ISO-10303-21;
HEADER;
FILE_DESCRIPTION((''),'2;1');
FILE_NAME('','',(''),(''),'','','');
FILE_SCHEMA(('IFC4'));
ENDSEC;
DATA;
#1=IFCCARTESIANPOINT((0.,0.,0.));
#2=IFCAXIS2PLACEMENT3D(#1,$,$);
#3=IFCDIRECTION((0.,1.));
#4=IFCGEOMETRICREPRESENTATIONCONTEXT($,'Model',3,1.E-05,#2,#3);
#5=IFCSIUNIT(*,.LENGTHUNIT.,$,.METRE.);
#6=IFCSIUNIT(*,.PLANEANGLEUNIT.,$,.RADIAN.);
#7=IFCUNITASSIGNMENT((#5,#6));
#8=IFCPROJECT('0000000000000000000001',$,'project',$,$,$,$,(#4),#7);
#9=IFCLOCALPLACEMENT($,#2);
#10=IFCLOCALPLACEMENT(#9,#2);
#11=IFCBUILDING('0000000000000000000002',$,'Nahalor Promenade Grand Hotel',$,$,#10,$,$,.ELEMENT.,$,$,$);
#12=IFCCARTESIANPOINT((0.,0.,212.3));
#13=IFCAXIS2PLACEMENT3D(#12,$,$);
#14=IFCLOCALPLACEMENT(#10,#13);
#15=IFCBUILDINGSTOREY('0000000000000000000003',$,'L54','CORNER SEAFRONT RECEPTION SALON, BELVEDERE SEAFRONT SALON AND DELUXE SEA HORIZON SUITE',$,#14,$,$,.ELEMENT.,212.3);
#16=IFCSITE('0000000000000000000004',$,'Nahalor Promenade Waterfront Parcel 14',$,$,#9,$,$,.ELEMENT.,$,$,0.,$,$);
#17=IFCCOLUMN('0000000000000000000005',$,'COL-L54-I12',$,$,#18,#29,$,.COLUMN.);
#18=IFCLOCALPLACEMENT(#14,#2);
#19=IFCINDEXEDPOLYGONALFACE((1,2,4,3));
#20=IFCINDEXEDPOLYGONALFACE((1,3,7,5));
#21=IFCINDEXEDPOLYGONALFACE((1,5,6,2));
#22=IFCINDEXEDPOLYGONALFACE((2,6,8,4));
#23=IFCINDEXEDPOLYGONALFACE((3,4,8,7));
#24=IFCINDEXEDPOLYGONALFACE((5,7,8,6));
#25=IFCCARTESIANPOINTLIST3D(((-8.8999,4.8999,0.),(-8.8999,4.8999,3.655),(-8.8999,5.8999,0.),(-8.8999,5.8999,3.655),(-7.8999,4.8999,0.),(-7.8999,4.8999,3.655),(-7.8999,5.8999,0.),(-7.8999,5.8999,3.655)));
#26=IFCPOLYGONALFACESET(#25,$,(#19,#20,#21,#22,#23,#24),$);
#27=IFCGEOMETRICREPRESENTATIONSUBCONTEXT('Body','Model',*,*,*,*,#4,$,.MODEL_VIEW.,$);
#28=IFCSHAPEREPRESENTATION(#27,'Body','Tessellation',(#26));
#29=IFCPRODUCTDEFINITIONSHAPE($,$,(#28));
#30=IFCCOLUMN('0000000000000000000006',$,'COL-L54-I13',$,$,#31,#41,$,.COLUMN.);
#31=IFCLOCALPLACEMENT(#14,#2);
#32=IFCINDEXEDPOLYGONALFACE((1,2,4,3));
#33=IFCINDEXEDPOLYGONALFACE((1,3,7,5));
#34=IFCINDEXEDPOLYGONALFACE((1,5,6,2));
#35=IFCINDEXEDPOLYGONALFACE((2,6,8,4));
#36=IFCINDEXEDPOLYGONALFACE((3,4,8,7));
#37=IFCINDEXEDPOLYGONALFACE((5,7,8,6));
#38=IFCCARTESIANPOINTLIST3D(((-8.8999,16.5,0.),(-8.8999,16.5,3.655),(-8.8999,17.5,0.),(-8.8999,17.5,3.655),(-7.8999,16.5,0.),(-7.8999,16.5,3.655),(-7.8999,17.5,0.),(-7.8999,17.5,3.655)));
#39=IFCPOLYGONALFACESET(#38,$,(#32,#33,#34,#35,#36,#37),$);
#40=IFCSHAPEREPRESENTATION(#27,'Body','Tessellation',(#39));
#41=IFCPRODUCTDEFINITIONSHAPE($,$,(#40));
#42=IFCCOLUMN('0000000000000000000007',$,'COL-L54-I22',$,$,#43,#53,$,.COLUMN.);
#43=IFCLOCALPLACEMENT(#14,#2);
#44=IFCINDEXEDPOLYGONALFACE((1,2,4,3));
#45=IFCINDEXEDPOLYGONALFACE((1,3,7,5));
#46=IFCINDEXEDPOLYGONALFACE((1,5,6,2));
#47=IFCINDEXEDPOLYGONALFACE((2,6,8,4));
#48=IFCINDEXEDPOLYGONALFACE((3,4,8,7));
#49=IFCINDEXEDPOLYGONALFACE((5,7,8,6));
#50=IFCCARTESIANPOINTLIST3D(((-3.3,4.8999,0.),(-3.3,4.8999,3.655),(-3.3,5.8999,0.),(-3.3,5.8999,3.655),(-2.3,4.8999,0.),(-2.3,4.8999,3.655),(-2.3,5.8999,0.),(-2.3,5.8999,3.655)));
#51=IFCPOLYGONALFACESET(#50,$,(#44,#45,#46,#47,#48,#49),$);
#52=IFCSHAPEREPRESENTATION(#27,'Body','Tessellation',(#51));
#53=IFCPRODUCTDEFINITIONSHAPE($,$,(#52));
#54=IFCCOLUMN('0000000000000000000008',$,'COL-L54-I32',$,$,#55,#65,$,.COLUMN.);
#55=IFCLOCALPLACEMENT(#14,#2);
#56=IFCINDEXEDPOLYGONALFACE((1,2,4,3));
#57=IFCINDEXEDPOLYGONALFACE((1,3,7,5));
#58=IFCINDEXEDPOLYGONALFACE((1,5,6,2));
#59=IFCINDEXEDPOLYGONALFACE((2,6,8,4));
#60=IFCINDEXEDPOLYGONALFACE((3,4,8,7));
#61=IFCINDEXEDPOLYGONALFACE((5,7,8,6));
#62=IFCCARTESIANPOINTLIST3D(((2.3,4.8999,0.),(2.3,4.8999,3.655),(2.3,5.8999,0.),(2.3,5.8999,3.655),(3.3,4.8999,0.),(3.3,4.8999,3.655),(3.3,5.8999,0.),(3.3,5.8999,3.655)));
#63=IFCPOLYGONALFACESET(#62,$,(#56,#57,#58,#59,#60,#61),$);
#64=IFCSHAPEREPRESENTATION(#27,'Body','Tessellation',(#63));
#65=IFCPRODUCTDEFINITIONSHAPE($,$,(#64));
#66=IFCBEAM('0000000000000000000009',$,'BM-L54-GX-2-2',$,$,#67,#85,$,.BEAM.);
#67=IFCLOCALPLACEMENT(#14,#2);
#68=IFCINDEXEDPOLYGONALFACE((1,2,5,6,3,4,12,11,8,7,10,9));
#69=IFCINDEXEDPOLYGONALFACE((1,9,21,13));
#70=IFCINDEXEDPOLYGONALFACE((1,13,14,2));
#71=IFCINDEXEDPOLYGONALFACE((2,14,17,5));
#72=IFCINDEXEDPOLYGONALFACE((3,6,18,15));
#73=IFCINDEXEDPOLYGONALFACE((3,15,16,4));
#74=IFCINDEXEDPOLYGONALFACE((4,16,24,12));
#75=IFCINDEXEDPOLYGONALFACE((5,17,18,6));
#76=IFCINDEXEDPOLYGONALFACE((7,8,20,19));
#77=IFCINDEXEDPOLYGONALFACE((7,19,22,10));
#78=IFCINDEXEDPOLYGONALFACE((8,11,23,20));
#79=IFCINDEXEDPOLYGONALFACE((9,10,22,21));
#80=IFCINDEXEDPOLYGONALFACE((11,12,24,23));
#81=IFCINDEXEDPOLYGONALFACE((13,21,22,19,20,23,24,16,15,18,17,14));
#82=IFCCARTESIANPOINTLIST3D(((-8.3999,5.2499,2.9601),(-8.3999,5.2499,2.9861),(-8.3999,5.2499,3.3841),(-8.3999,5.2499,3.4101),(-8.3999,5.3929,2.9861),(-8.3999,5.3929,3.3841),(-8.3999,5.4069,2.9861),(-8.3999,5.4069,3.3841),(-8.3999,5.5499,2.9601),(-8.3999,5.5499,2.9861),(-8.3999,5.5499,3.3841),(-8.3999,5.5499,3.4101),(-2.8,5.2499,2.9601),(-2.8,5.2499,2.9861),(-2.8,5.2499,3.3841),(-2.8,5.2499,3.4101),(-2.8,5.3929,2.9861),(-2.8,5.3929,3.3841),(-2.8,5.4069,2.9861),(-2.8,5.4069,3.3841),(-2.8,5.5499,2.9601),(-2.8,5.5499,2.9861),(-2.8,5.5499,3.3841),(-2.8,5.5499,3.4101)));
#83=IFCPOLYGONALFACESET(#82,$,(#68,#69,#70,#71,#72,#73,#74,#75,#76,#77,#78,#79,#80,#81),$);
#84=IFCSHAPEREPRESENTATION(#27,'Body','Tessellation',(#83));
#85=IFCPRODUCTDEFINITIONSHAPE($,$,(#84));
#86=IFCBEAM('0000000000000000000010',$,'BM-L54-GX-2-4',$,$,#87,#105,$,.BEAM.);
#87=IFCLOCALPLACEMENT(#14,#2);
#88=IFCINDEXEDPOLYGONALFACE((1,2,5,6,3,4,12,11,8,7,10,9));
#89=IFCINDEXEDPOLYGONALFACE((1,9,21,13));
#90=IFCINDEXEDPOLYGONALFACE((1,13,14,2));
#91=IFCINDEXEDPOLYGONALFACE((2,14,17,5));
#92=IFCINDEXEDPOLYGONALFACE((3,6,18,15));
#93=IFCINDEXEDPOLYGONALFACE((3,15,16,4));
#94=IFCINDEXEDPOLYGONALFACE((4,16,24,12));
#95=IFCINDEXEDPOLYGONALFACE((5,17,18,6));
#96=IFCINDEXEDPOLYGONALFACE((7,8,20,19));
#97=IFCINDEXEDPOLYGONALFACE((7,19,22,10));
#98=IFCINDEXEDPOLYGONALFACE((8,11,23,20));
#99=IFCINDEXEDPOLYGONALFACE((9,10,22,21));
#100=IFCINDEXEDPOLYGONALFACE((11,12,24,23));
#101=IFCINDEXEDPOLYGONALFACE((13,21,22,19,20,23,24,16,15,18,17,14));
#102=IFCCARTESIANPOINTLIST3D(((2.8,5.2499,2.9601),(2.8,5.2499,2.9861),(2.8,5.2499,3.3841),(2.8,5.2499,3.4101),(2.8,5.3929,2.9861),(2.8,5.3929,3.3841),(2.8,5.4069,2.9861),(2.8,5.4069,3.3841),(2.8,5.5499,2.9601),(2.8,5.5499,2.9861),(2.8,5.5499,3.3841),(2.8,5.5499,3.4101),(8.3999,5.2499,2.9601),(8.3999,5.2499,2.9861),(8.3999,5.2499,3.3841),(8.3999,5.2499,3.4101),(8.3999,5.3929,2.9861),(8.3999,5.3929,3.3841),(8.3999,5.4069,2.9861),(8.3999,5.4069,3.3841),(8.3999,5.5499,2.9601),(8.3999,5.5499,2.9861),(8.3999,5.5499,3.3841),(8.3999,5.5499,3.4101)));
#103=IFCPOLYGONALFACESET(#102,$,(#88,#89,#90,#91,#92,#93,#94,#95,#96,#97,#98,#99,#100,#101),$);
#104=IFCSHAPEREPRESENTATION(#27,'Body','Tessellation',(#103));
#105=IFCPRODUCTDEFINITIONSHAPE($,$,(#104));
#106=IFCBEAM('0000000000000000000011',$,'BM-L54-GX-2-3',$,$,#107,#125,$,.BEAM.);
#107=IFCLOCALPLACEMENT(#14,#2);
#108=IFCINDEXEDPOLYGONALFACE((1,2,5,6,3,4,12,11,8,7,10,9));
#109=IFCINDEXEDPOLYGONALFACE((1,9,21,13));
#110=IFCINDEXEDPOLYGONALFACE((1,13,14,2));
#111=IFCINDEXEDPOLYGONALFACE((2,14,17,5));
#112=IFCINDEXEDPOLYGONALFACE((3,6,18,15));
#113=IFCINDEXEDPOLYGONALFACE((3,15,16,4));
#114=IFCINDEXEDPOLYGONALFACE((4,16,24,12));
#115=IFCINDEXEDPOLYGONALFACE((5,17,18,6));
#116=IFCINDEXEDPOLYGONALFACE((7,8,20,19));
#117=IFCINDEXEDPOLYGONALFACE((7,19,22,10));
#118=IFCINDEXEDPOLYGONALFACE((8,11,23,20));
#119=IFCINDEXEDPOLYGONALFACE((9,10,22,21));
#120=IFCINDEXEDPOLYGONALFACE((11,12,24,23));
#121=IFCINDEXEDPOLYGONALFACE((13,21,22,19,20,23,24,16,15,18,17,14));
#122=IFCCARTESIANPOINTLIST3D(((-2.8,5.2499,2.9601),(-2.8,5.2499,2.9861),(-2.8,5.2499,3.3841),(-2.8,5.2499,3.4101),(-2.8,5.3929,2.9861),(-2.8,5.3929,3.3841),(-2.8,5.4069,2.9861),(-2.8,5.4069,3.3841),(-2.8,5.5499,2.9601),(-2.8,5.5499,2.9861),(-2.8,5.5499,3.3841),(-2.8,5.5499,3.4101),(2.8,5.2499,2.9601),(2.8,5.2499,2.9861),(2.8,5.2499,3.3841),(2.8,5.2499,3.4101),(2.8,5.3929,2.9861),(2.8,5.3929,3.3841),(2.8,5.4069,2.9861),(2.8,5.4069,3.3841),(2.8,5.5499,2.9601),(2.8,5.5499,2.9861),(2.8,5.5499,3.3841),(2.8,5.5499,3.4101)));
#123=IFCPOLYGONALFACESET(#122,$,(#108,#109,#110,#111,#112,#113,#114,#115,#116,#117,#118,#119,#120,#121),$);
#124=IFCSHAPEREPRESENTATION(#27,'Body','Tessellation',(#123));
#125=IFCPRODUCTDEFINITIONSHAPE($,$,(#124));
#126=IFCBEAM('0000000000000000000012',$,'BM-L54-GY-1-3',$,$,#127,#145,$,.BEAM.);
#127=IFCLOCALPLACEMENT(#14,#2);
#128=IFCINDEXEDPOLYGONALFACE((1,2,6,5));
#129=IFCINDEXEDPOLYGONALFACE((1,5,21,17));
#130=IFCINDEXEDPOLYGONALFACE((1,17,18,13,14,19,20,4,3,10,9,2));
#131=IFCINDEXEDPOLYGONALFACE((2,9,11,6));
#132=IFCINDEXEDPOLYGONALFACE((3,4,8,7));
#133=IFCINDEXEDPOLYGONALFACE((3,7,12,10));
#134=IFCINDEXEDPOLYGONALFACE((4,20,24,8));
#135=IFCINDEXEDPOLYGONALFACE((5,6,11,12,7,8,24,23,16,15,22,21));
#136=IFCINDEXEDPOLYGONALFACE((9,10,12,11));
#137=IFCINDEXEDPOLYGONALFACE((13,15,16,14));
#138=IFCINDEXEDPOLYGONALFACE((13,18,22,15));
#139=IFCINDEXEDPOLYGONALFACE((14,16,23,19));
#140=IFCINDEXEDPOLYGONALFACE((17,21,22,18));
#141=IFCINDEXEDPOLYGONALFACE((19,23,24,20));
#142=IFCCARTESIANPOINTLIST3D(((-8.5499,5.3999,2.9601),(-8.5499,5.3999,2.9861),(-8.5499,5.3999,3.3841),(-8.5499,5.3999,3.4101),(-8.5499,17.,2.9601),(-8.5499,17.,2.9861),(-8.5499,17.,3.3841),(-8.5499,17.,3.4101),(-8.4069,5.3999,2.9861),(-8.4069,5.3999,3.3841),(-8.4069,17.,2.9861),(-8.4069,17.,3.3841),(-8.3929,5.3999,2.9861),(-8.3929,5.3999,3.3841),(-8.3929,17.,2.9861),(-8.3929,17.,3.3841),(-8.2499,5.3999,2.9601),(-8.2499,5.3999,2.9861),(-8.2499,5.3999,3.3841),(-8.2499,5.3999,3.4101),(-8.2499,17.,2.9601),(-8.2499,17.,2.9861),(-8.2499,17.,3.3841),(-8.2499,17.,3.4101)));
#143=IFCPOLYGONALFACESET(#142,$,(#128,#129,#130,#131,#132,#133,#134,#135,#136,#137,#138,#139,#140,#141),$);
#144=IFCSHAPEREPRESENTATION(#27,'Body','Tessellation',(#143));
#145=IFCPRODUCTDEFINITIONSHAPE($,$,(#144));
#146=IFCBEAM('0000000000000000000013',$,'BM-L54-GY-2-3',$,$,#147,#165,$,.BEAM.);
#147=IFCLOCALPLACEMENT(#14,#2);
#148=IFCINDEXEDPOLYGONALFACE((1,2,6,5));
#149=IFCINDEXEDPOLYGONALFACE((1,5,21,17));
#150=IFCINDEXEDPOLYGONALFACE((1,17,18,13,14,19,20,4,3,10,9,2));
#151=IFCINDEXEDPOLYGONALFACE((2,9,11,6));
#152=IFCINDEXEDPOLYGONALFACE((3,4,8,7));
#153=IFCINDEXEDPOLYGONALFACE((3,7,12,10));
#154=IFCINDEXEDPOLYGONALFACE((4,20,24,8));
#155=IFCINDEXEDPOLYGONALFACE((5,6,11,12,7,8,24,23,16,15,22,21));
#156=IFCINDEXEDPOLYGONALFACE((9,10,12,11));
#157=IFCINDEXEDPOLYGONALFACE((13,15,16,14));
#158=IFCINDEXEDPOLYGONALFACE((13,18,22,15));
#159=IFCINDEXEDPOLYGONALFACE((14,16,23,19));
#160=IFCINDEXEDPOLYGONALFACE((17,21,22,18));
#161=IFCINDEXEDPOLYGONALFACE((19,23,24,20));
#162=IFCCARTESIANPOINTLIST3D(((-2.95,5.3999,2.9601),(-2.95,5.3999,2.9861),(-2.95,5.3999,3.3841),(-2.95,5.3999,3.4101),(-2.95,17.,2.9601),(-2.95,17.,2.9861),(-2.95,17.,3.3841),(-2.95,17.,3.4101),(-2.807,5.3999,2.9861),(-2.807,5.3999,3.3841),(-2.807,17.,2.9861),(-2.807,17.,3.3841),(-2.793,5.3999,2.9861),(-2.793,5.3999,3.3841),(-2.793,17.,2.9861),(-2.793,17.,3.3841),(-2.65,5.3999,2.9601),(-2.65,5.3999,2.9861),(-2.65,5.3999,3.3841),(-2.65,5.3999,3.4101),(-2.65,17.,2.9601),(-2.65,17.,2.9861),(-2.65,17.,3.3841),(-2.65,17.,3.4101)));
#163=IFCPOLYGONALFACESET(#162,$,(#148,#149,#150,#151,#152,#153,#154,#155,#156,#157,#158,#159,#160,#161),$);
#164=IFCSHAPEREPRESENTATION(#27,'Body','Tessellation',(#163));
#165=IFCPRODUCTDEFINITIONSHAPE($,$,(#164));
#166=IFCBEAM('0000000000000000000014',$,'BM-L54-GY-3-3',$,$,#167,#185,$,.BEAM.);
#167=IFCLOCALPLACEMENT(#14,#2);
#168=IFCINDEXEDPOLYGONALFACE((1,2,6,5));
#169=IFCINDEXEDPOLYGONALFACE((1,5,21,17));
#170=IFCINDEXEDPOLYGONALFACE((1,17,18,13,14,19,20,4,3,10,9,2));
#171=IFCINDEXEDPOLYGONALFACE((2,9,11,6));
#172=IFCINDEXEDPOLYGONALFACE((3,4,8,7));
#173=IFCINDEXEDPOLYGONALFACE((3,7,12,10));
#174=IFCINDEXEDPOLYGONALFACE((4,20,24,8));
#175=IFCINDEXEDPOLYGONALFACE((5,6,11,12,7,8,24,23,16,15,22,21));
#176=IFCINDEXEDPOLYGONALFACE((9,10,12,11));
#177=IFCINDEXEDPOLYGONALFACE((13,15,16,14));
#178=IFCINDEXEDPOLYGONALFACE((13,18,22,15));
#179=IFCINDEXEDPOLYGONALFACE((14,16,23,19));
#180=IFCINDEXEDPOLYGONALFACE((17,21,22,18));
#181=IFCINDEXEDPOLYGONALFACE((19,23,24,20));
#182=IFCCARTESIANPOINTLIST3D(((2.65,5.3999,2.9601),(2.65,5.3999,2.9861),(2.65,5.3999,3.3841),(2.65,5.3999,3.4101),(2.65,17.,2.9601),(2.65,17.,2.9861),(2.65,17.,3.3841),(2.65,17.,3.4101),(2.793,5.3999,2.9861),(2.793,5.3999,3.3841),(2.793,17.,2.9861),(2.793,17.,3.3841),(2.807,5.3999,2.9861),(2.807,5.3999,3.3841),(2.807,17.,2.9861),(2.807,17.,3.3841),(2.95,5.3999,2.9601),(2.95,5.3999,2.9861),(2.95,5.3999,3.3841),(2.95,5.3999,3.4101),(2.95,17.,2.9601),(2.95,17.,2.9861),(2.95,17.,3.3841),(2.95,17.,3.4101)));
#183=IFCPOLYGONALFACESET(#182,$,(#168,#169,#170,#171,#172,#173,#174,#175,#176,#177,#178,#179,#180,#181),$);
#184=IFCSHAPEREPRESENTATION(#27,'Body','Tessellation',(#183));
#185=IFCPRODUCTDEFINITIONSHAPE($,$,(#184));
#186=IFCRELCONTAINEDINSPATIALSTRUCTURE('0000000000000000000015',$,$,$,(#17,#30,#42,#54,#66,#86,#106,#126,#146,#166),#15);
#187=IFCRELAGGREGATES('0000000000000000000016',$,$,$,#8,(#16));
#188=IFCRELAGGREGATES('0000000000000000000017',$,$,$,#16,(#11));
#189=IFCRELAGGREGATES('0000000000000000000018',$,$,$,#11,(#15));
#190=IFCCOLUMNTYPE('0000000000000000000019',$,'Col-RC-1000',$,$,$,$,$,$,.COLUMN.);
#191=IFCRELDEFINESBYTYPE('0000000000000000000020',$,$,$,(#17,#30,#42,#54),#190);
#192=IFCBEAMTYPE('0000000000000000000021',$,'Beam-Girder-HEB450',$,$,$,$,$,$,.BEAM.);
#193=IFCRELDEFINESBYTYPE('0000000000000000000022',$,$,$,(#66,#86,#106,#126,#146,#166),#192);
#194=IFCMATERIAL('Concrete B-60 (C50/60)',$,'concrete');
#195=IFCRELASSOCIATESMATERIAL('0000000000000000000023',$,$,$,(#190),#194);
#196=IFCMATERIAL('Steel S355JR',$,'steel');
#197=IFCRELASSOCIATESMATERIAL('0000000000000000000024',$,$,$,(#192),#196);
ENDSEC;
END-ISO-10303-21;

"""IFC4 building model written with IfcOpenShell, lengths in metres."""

from ifc_helpers import new_model, si_unit, direction, frame, origin, origin_2d, place, context, subcontext, project, spatial, rectangle, i_section, extrude, source, transform, mapped, material, material_profile, profile_set, type_object, element, save


model = new_model("IFC4")

# Units and contexts
model_context = context("Model", 3, precision=1e-05, world=origin(), true_north=direction((0.0, 1.0)))
body_context = subcontext(model_context, "Body", "Model", "MODEL_VIEW")
ifc_project = project(units=[si_unit("LENGTHUNIT", "METRE"), si_unit("PLANEANGLEUNIT", "RADIAN")], contexts=[model_context])

# Site, building, storey
site_placement = place(None, origin())
site = spatial("IfcSite", under=ifc_project, at=site_placement, Name="Nahalor Promenade Waterfront Parcel 14", CompositionType="ELEMENT", RefElevation=0.0)
building_placement = place(site_placement, origin())
building = spatial("IfcBuilding", under=site, at=building_placement, Name="Nahalor Promenade Grand Hotel", CompositionType="ELEMENT")
storey_placement = place(building_placement, frame((0.0, 0.0, 212.3)))
storey = spatial("IfcBuildingStorey", under=building, at=storey_placement, Name="L54", Description="CORNER SEAFRONT RECEPTION SALON, BELVEDERE SEAFRONT SALON AND DELUXE SEA HORIZON SUITE", CompositionType="ELEMENT", Elevation=212.3)

# Columns
ifc_material_1 = material(Name="Concrete B-60 (C50/60)", Category="concrete")
ifc_material_profile_1 = material_profile(ifc_material_1, rectangle(XDim=1.0, YDim=1.0, at=origin_2d()), Name="RC 1000x1000")
ifc_profile_set_1 = profile_set([ifc_material_profile_1], Name="Concrete B-60 (C50/60)")
column_type = type_object("IfcColumnType", Name="Col-RC-1000", PredefinedType="COLUMN", material=ifc_profile_set_1)
shared_shape_1 = source(origin(), body_context, "Body", "SweptSolid", [
    extrude(rectangle(XDim=1.0, YDim=1.0, at=origin_2d()), origin(), (0.0, 0.0, 1.0), 3.655),
])
for number, where, z_axis, x_axis, name in (
    (1, (-8.3999, 5.3999, 0.0), (0.0, 0.0, 1.0), (1.0, 0.0, 0.0), "COL-L54-I12"),
    (2, (-8.3999, 17.0, 0.0), (0.0, 0.0, 1.0), (1.0, 0.0, 0.0), "COL-L54-I13"),
    (3, (-2.8, 5.3999, 0.0), (0.0, 0.0, 1.0), (1.0, 0.0, 0.0), "COL-L54-I22"),
    (4, (2.8, 5.3999, 0.0), (0.0, 0.0, 1.0), (1.0, 0.0, 0.0), "COL-L54-I32"),
):
    element("IfcColumn", number, at=place(storey_placement, frame(where, z_axis=z_axis, x_axis=x_axis)), inside=storey, type_object=column_type, Name=name, PredefinedType="COLUMN", context=body_context, shape_type="MappedRepresentation", body=[
        mapped(shared_shape_1, transform((0.0, 0.0, 0.0), scale=1.0)),
    ])

# Beams
ifc_material_2 = material(Name="Steel S355JR", Category="steel")
ifc_material_profile_2 = material_profile(ifc_material_2, i_section(OverallWidth=0.3, OverallDepth=0.45, WebThickness=0.014, FlangeThickness=0.026, at=origin_2d()), Name="HEB 450")
ifc_profile_set_2 = profile_set([ifc_material_profile_2], Name="Steel S355JR")
beam_type_1 = type_object("IfcBeamType", Name="Beam-Girder-HEB450", PredefinedType="BEAM", material=ifc_profile_set_2)
shared_shape_2 = source(origin(), body_context, "Body", "SweptSolid", [
    extrude(i_section(OverallWidth=0.3, OverallDepth=0.45, WebThickness=0.014, FlangeThickness=0.026, at=origin_2d()), origin(), (0.0, 0.0, 1.0), 5.5999),
])
for number, where, z_axis, x_axis, name in (
    (5, (-8.3999, 5.3999, 3.1851), (1.0, 0.0, 0.0), (0.0, 1.0, 0.0), "BM-L54-GX-2-2"),
    (6, (2.8, 5.3999, 3.1851), (1.0, 0.0, 0.0), (0.0, 1.0, 0.0), "BM-L54-GX-2-4"),
):
    element("IfcBeam", number, at=place(storey_placement, frame(where, z_axis=z_axis, x_axis=x_axis)), inside=storey, type_object=beam_type_1, Name=name, PredefinedType="BEAM", context=body_context, shape_type="MappedRepresentation", body=[
        mapped(shared_shape_2, transform((0.0, 0.0, 0.0), scale=1.0)),
    ])
shared_shape_3 = source(origin(), body_context, "Body", "SweptSolid", [
    extrude(i_section(OverallWidth=0.3, OverallDepth=0.45, WebThickness=0.014, FlangeThickness=0.026, at=origin_2d()), origin(), (0.0, 0.0, 1.0), 5.6001),
])
beam_placement = place(storey_placement, frame((-2.8, 5.3999, 3.1851), z_axis=(1.0, 0.0, 0.0), x_axis=(0.0, 1.0, 0.0)))
element("IfcBeam", 7, at=beam_placement, inside=storey, type_object=beam_type_1, Name="BM-L54-GX-2-3", PredefinedType="BEAM", context=body_context, shape_type="MappedRepresentation", body=[
    mapped(shared_shape_3, transform((0.0, 0.0, 0.0), scale=1.0)),
])
shared_shape_4 = source(origin(), body_context, "Body", "SweptSolid", [
    extrude(i_section(OverallWidth=0.3, OverallDepth=0.45, WebThickness=0.014, FlangeThickness=0.026, at=origin_2d()), origin(), (0.0, 0.0, 1.0), 11.6001),
])
for number, where, z_axis, x_axis, name in (
    (8, (-8.3999, 5.3999, 3.1851), (0.0, 1.0, 0.0), (-1.0, 0.0, 0.0), "BM-L54-GY-1-3"),
    (9, (-2.8, 5.3999, 3.1851), (0.0, 1.0, 0.0), (-1.0, 0.0, 0.0), "BM-L54-GY-2-3"),
    (10, (2.8, 5.3999, 3.1851), (0.0, 1.0, 0.0), (-1.0, 0.0, 0.0), "BM-L54-GY-3-3"),
):
    element("IfcBeam", number, at=place(storey_placement, frame(where, z_axis=z_axis, x_axis=x_axis)), inside=storey, type_object=beam_type_1, Name=name, PredefinedType="BEAM", context=body_context, shape_type="MappedRepresentation", body=[
        mapped(shared_shape_4, transform((0.0, 0.0, 0.0), scale=1.0)),
    ])

save(model, "model.ifc")
